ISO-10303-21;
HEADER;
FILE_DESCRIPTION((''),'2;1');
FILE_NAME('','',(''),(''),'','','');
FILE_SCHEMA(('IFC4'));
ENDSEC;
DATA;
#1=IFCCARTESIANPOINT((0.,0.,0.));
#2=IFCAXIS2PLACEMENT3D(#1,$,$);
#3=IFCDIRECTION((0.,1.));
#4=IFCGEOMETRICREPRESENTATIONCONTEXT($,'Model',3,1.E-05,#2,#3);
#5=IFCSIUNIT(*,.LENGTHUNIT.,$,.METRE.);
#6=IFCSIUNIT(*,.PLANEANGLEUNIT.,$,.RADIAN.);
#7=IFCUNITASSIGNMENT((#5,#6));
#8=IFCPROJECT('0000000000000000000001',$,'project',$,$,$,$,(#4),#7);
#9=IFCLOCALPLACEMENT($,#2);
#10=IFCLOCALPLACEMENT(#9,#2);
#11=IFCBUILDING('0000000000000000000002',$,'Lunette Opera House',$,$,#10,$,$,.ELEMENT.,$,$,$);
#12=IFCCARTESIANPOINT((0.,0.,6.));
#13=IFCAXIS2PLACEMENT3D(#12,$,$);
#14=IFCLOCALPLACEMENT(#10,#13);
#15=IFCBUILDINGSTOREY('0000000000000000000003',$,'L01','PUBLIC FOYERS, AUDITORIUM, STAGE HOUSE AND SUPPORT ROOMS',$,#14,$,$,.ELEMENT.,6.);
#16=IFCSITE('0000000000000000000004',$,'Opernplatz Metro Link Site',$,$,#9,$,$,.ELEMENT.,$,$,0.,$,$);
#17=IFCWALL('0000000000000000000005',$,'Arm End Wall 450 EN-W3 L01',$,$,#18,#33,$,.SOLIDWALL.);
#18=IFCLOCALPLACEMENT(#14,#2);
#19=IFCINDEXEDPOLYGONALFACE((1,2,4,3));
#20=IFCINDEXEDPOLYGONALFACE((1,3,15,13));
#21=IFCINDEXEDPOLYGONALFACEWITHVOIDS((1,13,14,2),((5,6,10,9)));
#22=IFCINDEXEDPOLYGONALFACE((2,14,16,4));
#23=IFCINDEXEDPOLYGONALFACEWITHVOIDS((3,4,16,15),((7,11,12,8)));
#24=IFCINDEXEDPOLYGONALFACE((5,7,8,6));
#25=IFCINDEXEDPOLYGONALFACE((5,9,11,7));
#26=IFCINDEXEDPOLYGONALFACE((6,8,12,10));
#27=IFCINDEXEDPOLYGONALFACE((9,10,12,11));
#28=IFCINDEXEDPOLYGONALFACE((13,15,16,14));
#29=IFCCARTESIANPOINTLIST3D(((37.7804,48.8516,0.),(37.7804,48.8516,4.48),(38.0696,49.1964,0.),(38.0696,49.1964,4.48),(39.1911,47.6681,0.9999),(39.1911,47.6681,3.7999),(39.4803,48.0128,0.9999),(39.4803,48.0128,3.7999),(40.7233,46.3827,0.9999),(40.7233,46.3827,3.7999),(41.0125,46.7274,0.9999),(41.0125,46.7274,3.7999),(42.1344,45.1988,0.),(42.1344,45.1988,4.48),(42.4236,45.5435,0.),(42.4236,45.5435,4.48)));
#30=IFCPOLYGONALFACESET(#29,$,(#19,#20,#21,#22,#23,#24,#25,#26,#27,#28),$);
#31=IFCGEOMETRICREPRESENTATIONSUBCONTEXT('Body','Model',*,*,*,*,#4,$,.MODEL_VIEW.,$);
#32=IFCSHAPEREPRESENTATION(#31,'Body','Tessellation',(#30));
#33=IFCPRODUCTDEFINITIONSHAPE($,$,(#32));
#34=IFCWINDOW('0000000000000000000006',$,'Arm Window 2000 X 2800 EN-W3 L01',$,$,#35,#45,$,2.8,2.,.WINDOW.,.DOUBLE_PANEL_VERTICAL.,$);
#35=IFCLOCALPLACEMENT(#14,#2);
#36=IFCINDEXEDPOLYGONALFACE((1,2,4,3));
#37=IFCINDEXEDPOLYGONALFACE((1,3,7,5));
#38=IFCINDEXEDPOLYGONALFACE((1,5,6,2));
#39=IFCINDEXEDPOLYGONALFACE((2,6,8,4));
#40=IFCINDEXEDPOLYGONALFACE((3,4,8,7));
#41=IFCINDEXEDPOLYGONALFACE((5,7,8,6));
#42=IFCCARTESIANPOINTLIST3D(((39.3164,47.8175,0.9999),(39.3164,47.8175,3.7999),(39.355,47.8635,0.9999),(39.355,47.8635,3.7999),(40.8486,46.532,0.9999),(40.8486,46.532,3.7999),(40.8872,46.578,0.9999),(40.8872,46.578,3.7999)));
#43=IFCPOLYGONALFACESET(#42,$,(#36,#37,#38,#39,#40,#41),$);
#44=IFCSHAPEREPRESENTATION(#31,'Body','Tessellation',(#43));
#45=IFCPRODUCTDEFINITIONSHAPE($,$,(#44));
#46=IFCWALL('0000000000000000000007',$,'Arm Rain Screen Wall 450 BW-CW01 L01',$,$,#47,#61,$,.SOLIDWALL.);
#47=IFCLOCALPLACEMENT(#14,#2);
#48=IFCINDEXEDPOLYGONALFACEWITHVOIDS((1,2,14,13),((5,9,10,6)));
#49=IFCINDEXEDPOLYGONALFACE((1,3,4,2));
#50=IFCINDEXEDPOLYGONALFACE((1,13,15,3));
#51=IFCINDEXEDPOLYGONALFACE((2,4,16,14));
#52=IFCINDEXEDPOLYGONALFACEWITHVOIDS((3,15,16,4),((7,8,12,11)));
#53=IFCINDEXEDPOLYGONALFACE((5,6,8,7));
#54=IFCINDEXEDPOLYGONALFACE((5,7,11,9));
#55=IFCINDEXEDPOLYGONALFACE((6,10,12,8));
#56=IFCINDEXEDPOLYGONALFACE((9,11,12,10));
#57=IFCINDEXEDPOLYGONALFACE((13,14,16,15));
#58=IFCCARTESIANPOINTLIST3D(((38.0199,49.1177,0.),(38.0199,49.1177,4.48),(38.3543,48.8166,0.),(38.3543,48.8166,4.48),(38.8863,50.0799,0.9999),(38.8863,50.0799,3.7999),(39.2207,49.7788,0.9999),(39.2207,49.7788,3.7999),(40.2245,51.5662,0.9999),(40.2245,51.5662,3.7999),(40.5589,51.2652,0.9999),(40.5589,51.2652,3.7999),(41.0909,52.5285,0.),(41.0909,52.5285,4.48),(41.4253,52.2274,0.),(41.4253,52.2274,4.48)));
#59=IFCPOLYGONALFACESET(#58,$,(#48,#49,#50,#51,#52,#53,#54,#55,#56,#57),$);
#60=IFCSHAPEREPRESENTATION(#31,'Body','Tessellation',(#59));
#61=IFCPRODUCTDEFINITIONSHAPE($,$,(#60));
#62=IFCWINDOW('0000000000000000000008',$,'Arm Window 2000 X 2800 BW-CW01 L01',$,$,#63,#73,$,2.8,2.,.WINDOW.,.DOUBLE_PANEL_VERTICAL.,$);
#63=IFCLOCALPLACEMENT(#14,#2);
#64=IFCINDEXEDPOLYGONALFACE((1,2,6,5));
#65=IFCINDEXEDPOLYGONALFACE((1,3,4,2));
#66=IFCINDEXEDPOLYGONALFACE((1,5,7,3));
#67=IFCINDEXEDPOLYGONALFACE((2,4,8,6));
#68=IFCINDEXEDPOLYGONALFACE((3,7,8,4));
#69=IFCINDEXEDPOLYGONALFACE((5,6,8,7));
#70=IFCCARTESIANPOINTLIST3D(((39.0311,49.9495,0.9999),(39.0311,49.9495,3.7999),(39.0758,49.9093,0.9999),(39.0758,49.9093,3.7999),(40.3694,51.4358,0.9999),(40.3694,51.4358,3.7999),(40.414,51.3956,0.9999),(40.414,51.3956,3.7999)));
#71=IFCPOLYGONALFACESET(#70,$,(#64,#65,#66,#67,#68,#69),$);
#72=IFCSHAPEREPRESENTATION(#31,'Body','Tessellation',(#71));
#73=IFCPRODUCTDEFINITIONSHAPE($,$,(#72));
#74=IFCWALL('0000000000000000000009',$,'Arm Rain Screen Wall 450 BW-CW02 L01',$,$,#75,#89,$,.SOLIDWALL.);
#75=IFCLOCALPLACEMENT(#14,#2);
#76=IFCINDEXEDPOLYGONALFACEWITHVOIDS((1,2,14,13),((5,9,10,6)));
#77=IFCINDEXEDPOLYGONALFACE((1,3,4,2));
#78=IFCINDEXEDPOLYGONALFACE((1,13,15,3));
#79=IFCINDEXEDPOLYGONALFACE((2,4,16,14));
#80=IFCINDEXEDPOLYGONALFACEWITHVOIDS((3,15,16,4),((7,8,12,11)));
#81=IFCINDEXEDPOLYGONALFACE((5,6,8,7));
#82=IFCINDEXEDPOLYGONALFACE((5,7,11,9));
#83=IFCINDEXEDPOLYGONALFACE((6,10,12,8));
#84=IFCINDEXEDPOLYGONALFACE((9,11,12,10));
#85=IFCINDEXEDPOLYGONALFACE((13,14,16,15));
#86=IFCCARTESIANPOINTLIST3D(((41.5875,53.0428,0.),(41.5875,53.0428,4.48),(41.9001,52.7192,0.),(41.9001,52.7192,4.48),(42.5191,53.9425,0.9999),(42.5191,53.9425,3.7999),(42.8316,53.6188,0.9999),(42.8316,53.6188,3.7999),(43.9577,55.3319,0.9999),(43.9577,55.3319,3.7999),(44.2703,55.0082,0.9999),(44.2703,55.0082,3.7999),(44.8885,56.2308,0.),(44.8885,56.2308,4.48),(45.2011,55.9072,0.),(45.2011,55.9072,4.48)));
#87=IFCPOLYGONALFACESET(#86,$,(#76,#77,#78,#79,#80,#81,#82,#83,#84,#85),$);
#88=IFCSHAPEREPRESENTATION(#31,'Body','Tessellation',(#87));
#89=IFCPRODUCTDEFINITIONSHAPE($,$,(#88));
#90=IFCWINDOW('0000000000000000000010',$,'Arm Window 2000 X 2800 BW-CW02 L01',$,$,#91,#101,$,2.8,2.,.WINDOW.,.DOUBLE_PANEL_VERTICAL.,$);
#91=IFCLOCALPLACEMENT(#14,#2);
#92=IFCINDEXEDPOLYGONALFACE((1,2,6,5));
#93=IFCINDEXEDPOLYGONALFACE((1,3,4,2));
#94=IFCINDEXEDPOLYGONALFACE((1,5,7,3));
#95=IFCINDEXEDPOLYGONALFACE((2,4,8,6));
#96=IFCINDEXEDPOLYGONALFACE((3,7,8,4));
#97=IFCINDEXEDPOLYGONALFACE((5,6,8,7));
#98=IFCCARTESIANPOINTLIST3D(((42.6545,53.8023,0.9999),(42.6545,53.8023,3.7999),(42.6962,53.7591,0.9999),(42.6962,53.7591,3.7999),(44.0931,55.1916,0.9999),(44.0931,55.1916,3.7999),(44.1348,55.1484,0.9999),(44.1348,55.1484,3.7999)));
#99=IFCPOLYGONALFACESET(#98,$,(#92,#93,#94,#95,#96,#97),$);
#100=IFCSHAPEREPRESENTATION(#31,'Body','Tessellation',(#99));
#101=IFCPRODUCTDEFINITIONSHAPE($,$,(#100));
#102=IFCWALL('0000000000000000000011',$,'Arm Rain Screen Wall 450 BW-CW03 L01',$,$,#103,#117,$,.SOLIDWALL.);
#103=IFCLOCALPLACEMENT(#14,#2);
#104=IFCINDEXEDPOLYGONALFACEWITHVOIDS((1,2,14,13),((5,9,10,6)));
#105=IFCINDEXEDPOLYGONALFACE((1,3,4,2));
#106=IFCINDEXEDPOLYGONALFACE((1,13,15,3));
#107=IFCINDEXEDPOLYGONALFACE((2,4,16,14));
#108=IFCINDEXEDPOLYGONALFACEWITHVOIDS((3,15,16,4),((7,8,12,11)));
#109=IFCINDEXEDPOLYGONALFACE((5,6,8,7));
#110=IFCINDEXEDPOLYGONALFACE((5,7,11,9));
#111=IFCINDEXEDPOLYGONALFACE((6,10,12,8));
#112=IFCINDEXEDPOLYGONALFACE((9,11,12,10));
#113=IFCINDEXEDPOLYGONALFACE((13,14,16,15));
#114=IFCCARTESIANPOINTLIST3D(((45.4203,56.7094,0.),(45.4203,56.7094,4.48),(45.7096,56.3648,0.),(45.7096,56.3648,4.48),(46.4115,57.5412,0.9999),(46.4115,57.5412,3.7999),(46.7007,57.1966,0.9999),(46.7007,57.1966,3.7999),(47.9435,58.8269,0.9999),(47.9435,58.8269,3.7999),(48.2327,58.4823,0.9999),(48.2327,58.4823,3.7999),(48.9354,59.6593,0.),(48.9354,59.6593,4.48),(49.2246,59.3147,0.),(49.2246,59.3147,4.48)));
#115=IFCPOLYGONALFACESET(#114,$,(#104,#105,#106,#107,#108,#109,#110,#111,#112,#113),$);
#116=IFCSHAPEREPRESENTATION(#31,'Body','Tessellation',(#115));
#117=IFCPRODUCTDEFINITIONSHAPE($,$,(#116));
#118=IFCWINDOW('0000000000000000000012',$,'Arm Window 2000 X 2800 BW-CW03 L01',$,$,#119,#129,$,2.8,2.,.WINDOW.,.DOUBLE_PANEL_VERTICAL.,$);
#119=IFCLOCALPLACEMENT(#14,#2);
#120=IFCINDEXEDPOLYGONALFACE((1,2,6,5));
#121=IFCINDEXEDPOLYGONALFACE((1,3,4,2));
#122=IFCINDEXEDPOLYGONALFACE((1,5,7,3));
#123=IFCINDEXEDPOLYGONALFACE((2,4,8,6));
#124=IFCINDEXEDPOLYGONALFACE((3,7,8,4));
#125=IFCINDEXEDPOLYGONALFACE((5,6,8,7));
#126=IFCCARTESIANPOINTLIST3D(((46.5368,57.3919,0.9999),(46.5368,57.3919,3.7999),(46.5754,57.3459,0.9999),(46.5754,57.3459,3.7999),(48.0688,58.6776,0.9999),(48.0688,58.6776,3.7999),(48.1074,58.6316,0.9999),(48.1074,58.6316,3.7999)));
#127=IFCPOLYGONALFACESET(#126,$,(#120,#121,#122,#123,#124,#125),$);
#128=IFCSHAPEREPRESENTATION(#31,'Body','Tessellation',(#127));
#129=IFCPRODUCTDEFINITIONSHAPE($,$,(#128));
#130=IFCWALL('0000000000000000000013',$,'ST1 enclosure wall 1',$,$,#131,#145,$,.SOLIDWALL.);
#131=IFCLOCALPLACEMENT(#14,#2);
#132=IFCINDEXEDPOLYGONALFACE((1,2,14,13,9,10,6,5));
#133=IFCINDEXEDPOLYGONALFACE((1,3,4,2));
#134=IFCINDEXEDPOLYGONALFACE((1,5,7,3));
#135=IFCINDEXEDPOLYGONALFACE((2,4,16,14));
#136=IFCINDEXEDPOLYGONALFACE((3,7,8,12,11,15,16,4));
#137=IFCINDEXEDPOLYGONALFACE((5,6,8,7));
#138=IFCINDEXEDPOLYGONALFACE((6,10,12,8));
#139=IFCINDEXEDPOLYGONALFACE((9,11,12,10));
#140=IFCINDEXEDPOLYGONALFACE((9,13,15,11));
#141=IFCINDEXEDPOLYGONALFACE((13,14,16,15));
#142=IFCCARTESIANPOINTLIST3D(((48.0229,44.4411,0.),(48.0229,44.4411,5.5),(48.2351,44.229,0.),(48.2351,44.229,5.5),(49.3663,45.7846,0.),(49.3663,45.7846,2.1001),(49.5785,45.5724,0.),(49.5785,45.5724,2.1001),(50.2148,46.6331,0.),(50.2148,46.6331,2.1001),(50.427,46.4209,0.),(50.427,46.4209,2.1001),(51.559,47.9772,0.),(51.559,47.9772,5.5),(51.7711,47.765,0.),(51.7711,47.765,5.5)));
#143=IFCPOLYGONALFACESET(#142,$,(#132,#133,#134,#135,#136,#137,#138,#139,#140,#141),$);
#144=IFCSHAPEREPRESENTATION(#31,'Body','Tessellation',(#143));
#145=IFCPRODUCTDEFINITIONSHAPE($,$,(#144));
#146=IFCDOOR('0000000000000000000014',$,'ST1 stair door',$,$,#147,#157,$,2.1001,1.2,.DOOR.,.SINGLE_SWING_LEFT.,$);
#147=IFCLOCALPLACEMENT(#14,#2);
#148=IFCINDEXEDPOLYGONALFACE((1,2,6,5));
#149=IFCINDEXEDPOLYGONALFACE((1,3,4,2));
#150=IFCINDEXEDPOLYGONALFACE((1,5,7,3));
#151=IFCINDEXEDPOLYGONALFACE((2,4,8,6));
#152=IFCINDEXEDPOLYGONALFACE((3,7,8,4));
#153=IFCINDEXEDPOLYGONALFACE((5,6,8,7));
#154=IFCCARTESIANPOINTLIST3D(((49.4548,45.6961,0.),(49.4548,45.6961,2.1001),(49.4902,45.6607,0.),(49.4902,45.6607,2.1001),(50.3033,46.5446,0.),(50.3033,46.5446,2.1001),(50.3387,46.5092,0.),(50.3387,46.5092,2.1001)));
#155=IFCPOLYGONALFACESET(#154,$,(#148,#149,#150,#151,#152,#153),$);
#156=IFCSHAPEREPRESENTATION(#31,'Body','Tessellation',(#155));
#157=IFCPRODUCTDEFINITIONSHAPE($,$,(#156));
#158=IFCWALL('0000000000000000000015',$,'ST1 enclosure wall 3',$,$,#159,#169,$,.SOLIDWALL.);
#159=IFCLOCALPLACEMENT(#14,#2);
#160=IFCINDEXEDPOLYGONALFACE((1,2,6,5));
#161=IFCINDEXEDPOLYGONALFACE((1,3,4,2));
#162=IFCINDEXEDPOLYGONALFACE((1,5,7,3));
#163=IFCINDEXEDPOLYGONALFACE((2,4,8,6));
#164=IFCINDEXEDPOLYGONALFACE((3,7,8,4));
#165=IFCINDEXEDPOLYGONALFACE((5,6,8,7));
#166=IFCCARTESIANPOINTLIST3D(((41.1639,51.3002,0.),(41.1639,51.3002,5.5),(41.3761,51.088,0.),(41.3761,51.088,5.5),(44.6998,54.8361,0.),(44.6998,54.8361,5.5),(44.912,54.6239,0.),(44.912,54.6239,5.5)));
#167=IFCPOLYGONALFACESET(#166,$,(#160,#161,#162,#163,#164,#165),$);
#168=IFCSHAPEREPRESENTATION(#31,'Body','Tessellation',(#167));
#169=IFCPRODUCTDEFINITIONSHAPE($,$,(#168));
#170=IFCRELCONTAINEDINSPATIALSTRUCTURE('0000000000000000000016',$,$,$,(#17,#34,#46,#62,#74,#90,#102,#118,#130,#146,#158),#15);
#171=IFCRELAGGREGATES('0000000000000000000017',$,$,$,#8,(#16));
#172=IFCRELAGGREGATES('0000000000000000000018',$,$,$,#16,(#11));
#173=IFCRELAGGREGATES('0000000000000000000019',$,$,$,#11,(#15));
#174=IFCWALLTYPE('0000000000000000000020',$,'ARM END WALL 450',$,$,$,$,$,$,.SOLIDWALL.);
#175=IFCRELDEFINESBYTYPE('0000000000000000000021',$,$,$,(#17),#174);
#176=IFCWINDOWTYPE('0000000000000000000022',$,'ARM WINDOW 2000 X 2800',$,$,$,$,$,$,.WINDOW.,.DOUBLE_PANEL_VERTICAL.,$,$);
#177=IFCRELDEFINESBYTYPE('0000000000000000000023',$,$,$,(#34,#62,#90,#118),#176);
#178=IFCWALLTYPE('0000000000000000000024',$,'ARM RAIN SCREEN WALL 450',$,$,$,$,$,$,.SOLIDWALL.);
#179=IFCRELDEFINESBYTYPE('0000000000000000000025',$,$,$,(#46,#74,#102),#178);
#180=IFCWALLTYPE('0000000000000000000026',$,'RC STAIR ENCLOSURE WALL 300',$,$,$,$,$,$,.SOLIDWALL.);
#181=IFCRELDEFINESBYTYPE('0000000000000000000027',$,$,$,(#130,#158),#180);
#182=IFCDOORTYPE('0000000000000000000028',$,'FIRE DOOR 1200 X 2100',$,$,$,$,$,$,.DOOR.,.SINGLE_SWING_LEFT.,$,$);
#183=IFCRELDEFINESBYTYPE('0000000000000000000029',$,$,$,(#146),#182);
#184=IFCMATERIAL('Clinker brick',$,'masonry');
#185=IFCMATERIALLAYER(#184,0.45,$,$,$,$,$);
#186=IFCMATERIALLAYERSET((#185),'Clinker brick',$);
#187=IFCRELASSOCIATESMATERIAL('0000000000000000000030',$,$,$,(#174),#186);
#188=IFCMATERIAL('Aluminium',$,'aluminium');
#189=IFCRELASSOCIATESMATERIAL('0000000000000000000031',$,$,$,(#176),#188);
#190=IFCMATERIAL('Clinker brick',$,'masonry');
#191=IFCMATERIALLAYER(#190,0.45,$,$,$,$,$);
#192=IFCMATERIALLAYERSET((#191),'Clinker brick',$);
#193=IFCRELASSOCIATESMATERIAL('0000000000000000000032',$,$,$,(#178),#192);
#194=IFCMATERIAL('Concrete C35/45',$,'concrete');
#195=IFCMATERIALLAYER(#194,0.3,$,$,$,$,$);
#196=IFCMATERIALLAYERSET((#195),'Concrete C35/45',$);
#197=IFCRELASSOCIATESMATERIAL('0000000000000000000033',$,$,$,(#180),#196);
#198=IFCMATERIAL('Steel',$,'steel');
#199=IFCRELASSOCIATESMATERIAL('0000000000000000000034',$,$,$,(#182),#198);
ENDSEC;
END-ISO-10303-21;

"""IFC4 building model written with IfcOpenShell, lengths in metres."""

from ifc_helpers import new_model, si_unit, direction, frame, frame_2d, origin, place, context, subcontext, project, spatial, rectangle, extrude, material, layer, layer_set, type_object, element, fill, save


model = new_model("IFC4")

# Units and contexts
model_context = context("Model", 3, precision=1e-05, world=origin(), true_north=direction((0.0, 1.0)))
body_context = subcontext(model_context, "Body", "Model", "MODEL_VIEW")
ifc_project = project(units=[si_unit("LENGTHUNIT", "METRE"), si_unit("PLANEANGLEUNIT", "RADIAN")], contexts=[model_context])

# Site, building, storey
site_placement = place(None, origin())
site = spatial("IfcSite", under=ifc_project, at=site_placement, Name="Opernplatz Metro Link Site", CompositionType="ELEMENT", RefElevation=0.0)
building_placement = place(site_placement, origin())
building = spatial("IfcBuilding", under=site, at=building_placement, Name="Lunette Opera House", CompositionType="ELEMENT")
storey_placement = place(building_placement, frame((0.0, 0.0, 6.0)))
storey = spatial("IfcBuildingStorey", under=building, at=storey_placement, Name="L01", Description="PUBLIC FOYERS, AUDITORIUM, STAGE HOUSE AND SUPPORT ROOMS", CompositionType="ELEMENT", Elevation=6.0)

# Walls, openings, windows
ifc_material_1 = material(Name="Clinker brick", Category="masonry")
ifc_layer_1 = layer(ifc_material_1, 0.45)
ifc_layer_set_1 = layer_set([ifc_layer_1], Name="Clinker brick")
wall_type_1 = type_object("IfcWallType", Name="ARM END WALL 450", PredefinedType="SOLIDWALL", material=ifc_layer_set_1)
ifc_material_2 = material(Name="Aluminium", Category="aluminium")
window_type = type_object("IfcWindowType", Name="ARM WINDOW 2000 X 2800", PartitioningType="DOUBLE_PANEL_VERTICAL", PredefinedType="WINDOW", material=ifc_material_2)
wall_1_placement = place(storey_placement, frame((42.2791, 45.3711, 0.0), z_axis=(0.0, 0.0, 1.0), x_axis=(-0.766097, 0.642725, 0.0)))
wall_1 = element("IfcWall", 1, at=wall_1_placement, inside=storey, type_object=wall_type_1, Name="Arm End Wall 450 EN-W3 L01", PredefinedType="SOLIDWALL", context=body_context, shape_type="SweptSolid", body=[
    extrude(rectangle(XDim=5.6833, YDim=0.45, at=frame_2d((2.8418, 0.0))), origin(), (0.0, 0.0, 1.0), 4.48),
])
opening_1_placement = place(wall_1_placement, frame((1.842, 0.0, 1.0)))
opening_1 = element("IfcOpeningElement", 2, at=opening_1_placement, cuts=wall_1, PredefinedType="OPENING", context=body_context, shape_type="SweptSolid", body=[
    extrude(rectangle(XDim=2.0, YDim=2.8, at=frame_2d((1.0, 1.3999))), frame((0.0, 0.2371, 0.0), z_axis=(0.0, -1.0, 0.0), x_axis=(1.0, 0.0, 0.0)), (0.0, 0.0, 1.0), 0.4739),
])
window_1_placement = place(opening_1_placement, origin())
window_1 = element("IfcWindow", 3, at=window_1_placement, inside=storey, type_object=window_type, Name="Arm Window 2000 X 2800 EN-W3 L01", OverallHeight=2.8, OverallWidth=2.0, PartitioningType="DOUBLE_PANEL_VERTICAL", PredefinedType="WINDOW", context=body_context, shape_type="SweptSolid", body=[
    extrude(rectangle(XDim=2.0, YDim=2.8, at=frame_2d((1.0, 1.3999))), frame((0.0, 0.03, 0.0), z_axis=(0.0, -1.0, 0.0), x_axis=(1.0, 0.0, 0.0)), (0.0, 0.0, 1.0), 0.0601),
])
fill(opening_1, window_1)
ifc_material_3 = material(Name="Clinker brick", Category="masonry")
ifc_layer_2 = layer(ifc_material_3, 0.45)
ifc_layer_set_2 = layer_set([ifc_layer_2], Name="Clinker brick")
wall_type_2 = type_object("IfcWallType", Name="ARM RAIN SCREEN WALL 450", PredefinedType="SOLIDWALL", material=ifc_layer_set_2)
wall_2_placement = place(storey_placement, frame((38.187, 48.967, 0.0), z_axis=(0.0, 0.0, 1.0), x_axis=(0.669115, 0.743159, 0.0)))
wall_2 = element("IfcWall", 4, at=wall_2_placement, inside=storey, type_object=wall_type_2, Name="Arm Rain Screen Wall 450 BW-CW01 L01", PredefinedType="SOLIDWALL", context=body_context, shape_type="SweptSolid", body=[
    extrude(rectangle(XDim=4.5896, YDim=0.45, at=frame_2d((2.2949, 0.0))), origin(), (0.0, 0.0, 1.0), 4.48),
])
opening_2_placement = place(wall_2_placement, frame((1.2949, 0.0, 1.0)))
opening_2 = element("IfcOpeningElement", 5, at=opening_2_placement, cuts=wall_2, PredefinedType="OPENING", context=body_context, shape_type="SweptSolid", body=[
    extrude(rectangle(XDim=2.0, YDim=2.8, at=frame_2d((1.0, 1.3999))), frame((0.0, 0.2371, 0.0), z_axis=(0.0, -1.0, 0.0), x_axis=(1.0, 0.0, 0.0)), (0.0, 0.0, 1.0), 0.4739),
])
window_2_placement = place(opening_2_placement, origin())
window_2 = element("IfcWindow", 6, at=window_2_placement, inside=storey, type_object=window_type, Name="Arm Window 2000 X 2800 BW-CW01 L01", OverallHeight=2.8, OverallWidth=2.0, PartitioningType="DOUBLE_PANEL_VERTICAL", PredefinedType="WINDOW", context=body_context, shape_type="SweptSolid", body=[
    extrude(rectangle(XDim=2.0, YDim=2.8, at=frame_2d((1.0, 1.3999))), frame((0.0, 0.03, 0.0), z_axis=(0.0, -1.0, 0.0), x_axis=(1.0, 0.0, 0.0)), (0.0, 0.0, 1.0), 0.0601),
])
fill(opening_2, window_2)
wall_3_placement = place(storey_placement, frame((41.7439, 52.8811, 0.0), z_axis=(0.0, 0.0, 1.0), x_axis=(0.719315, 0.694684, 0.0)))
wall_3 = element("IfcWall", 7, at=wall_3_placement, inside=storey, type_object=wall_type_2, Name="Arm Rain Screen Wall 450 BW-CW02 L01", PredefinedType="SOLIDWALL", context=body_context, shape_type="SweptSolid", body=[
    extrude(rectangle(XDim=4.5891, YDim=0.45, at=frame_2d((2.2944, 0.0))), origin(), (0.0, 0.0, 1.0), 4.48),
])
opening_3_placement = place(wall_3_placement, frame((1.2949, 0.0, 1.0)))
opening_3 = element("IfcOpeningElement", 8, at=opening_3_placement, cuts=wall_3, PredefinedType="OPENING", context=body_context, shape_type="SweptSolid", body=[
    extrude(rectangle(XDim=2.0, YDim=2.8, at=frame_2d((1.0, 1.3999))), frame((0.0, 0.2371, 0.0), z_axis=(0.0, -1.0, 0.0), x_axis=(1.0, 0.0, 0.0)), (0.0, 0.0, 1.0), 0.4739),
])
window_3_placement = place(opening_3_placement, origin())
window_3 = element("IfcWindow", 9, at=window_3_placement, inside=storey, type_object=window_type, Name="Arm Window 2000 X 2800 BW-CW02 L01", OverallHeight=2.8, OverallWidth=2.0, PartitioningType="DOUBLE_PANEL_VERTICAL", PredefinedType="WINDOW", context=body_context, shape_type="SweptSolid", body=[
    extrude(rectangle(XDim=2.0, YDim=2.8, at=frame_2d((1.0, 1.3999))), frame((0.0, 0.03, 0.0), z_axis=(0.0, -1.0, 0.0), x_axis=(1.0, 0.0, 0.0)), (0.0, 0.0, 1.0), 0.0601),
])
fill(opening_3, window_3)
wall_4_placement = place(storey_placement, frame((45.5649, 56.5371, 0.0), z_axis=(0.0, 0.0, 1.0), x_axis=(0.766001, 0.642839, 0.0)))
wall_4 = element("IfcWall", 10, at=wall_4_placement, inside=storey, type_object=wall_type_2, Name="Arm Rain Screen Wall 450 BW-CW03 L01", PredefinedType="SOLIDWALL", context=body_context, shape_type="SweptSolid", body=[
    extrude(rectangle(XDim=4.5889, YDim=0.45, at=frame_2d((2.2944, 0.0))), origin(), (0.0, 0.0, 1.0), 4.48),
])
opening_4_placement = place(wall_4_placement, frame((1.2939, 0.0, 1.0)))
opening_4 = element("IfcOpeningElement", 11, at=opening_4_placement, cuts=wall_4, PredefinedType="OPENING", context=body_context, shape_type="SweptSolid", body=[
    extrude(rectangle(XDim=2.0, YDim=2.8, at=frame_2d((1.0, 1.3999))), frame((0.0, 0.2371, 0.0), z_axis=(0.0, -1.0, 0.0), x_axis=(1.0, 0.0, 0.0)), (0.0, 0.0, 1.0), 0.4739),
])
window_4_placement = place(opening_4_placement, origin())
window_4 = element("IfcWindow", 12, at=window_4_placement, inside=storey, type_object=window_type, Name="Arm Window 2000 X 2800 BW-CW03 L01", OverallHeight=2.8, OverallWidth=2.0, PartitioningType="DOUBLE_PANEL_VERTICAL", PredefinedType="WINDOW", context=body_context, shape_type="SweptSolid", body=[
    extrude(rectangle(XDim=2.0, YDim=2.8, at=frame_2d((1.0, 1.3999))), frame((0.0, 0.03, 0.0), z_axis=(0.0, -1.0, 0.0), x_axis=(1.0, 0.0, 0.0)), (0.0, 0.0, 1.0), 0.0601),
])
fill(opening_4, window_4)

# Wall, opening, door
ifc_material_4 = material(Name="Concrete C35/45", Category="concrete")
ifc_layer_3 = layer(ifc_material_4, 0.3)
ifc_layer_set_3 = layer_set([ifc_layer_3], Name="Concrete C35/45")
wall_type_3 = type_object("IfcWallType", Name="RC STAIR ENCLOSURE WALL 300", PredefinedType="SOLIDWALL", material=ifc_layer_set_3)
wall_5_placement = place(storey_placement, frame((48.1289, 44.335, 0.0), z_axis=(0.0, 0.0, 1.0), x_axis=(0.707107, 0.707107, 0.0)))
wall_5 = element("IfcWall", 13, at=wall_5_placement, inside=storey, type_object=wall_type_3, Name="ST1 enclosure wall 1", PredefinedType="SOLIDWALL", context=body_context, shape_type="SweptSolid", body=[
    extrude(rectangle(XDim=5.0007, YDim=0.3, at=frame_2d((2.5005, 0.0))), origin(), (0.0, 0.0, 1.0), 5.5),
])
opening_5_placement = place(wall_5_placement, frame((1.8999, 0.0, 0.0)))
opening_5 = element("IfcOpeningElement", 14, at=opening_5_placement, cuts=wall_5, PredefinedType="OPENING", context=body_context, shape_type="SweptSolid", body=[
    extrude(rectangle(XDim=1.2, YDim=2.1001, at=frame_2d((0.6001, 1.05))), frame((0.0, 0.1621, 0.0), z_axis=(0.0, -1.0, 0.0), x_axis=(1.0, 0.0, 0.0)), (0.0, 0.0, 1.0), 0.324),
])
ifc_material_5 = material(Name="Steel", Category="steel")
door_type = type_object("IfcDoorType", Name="FIRE DOOR 1200 X 2100", OperationType="SINGLE_SWING_LEFT", PredefinedType="DOOR", material=ifc_material_5)
door_placement = place(opening_5_placement, origin())
door = element("IfcDoor", 15, at=door_placement, inside=storey, type_object=door_type, Name="ST1 stair door", OperationType="SINGLE_SWING_LEFT", OverallHeight=2.1001, OverallWidth=1.2, PredefinedType="DOOR", context=body_context, shape_type="SweptSolid", body=[
    extrude(rectangle(XDim=1.2, YDim=2.1001, at=frame_2d((0.6001, 1.05))), frame((0.0, 0.0249, 0.0), z_axis=(0.0, -1.0, 0.0), x_axis=(1.0, 0.0, 0.0)), (0.0, 0.0, 1.0), 0.05),
])
fill(opening_5, door)

# Wall
wall_6_placement = place(storey_placement, frame((44.8059, 54.73, 0.0), z_axis=(0.0, 0.0, 1.0), x_axis=(-0.707107, -0.707107, 0.0)))
element("IfcWall", 16, at=wall_6_placement, inside=storey, type_object=wall_type_3, Name="ST1 enclosure wall 3", PredefinedType="SOLIDWALL", context=body_context, shape_type="SweptSolid", body=[
    extrude(rectangle(XDim=5.0005, YDim=0.3, at=frame_2d((2.5002, 0.0))), origin(), (0.0, 0.0, 1.0), 5.5),
])

save(model, "model.ifc")
